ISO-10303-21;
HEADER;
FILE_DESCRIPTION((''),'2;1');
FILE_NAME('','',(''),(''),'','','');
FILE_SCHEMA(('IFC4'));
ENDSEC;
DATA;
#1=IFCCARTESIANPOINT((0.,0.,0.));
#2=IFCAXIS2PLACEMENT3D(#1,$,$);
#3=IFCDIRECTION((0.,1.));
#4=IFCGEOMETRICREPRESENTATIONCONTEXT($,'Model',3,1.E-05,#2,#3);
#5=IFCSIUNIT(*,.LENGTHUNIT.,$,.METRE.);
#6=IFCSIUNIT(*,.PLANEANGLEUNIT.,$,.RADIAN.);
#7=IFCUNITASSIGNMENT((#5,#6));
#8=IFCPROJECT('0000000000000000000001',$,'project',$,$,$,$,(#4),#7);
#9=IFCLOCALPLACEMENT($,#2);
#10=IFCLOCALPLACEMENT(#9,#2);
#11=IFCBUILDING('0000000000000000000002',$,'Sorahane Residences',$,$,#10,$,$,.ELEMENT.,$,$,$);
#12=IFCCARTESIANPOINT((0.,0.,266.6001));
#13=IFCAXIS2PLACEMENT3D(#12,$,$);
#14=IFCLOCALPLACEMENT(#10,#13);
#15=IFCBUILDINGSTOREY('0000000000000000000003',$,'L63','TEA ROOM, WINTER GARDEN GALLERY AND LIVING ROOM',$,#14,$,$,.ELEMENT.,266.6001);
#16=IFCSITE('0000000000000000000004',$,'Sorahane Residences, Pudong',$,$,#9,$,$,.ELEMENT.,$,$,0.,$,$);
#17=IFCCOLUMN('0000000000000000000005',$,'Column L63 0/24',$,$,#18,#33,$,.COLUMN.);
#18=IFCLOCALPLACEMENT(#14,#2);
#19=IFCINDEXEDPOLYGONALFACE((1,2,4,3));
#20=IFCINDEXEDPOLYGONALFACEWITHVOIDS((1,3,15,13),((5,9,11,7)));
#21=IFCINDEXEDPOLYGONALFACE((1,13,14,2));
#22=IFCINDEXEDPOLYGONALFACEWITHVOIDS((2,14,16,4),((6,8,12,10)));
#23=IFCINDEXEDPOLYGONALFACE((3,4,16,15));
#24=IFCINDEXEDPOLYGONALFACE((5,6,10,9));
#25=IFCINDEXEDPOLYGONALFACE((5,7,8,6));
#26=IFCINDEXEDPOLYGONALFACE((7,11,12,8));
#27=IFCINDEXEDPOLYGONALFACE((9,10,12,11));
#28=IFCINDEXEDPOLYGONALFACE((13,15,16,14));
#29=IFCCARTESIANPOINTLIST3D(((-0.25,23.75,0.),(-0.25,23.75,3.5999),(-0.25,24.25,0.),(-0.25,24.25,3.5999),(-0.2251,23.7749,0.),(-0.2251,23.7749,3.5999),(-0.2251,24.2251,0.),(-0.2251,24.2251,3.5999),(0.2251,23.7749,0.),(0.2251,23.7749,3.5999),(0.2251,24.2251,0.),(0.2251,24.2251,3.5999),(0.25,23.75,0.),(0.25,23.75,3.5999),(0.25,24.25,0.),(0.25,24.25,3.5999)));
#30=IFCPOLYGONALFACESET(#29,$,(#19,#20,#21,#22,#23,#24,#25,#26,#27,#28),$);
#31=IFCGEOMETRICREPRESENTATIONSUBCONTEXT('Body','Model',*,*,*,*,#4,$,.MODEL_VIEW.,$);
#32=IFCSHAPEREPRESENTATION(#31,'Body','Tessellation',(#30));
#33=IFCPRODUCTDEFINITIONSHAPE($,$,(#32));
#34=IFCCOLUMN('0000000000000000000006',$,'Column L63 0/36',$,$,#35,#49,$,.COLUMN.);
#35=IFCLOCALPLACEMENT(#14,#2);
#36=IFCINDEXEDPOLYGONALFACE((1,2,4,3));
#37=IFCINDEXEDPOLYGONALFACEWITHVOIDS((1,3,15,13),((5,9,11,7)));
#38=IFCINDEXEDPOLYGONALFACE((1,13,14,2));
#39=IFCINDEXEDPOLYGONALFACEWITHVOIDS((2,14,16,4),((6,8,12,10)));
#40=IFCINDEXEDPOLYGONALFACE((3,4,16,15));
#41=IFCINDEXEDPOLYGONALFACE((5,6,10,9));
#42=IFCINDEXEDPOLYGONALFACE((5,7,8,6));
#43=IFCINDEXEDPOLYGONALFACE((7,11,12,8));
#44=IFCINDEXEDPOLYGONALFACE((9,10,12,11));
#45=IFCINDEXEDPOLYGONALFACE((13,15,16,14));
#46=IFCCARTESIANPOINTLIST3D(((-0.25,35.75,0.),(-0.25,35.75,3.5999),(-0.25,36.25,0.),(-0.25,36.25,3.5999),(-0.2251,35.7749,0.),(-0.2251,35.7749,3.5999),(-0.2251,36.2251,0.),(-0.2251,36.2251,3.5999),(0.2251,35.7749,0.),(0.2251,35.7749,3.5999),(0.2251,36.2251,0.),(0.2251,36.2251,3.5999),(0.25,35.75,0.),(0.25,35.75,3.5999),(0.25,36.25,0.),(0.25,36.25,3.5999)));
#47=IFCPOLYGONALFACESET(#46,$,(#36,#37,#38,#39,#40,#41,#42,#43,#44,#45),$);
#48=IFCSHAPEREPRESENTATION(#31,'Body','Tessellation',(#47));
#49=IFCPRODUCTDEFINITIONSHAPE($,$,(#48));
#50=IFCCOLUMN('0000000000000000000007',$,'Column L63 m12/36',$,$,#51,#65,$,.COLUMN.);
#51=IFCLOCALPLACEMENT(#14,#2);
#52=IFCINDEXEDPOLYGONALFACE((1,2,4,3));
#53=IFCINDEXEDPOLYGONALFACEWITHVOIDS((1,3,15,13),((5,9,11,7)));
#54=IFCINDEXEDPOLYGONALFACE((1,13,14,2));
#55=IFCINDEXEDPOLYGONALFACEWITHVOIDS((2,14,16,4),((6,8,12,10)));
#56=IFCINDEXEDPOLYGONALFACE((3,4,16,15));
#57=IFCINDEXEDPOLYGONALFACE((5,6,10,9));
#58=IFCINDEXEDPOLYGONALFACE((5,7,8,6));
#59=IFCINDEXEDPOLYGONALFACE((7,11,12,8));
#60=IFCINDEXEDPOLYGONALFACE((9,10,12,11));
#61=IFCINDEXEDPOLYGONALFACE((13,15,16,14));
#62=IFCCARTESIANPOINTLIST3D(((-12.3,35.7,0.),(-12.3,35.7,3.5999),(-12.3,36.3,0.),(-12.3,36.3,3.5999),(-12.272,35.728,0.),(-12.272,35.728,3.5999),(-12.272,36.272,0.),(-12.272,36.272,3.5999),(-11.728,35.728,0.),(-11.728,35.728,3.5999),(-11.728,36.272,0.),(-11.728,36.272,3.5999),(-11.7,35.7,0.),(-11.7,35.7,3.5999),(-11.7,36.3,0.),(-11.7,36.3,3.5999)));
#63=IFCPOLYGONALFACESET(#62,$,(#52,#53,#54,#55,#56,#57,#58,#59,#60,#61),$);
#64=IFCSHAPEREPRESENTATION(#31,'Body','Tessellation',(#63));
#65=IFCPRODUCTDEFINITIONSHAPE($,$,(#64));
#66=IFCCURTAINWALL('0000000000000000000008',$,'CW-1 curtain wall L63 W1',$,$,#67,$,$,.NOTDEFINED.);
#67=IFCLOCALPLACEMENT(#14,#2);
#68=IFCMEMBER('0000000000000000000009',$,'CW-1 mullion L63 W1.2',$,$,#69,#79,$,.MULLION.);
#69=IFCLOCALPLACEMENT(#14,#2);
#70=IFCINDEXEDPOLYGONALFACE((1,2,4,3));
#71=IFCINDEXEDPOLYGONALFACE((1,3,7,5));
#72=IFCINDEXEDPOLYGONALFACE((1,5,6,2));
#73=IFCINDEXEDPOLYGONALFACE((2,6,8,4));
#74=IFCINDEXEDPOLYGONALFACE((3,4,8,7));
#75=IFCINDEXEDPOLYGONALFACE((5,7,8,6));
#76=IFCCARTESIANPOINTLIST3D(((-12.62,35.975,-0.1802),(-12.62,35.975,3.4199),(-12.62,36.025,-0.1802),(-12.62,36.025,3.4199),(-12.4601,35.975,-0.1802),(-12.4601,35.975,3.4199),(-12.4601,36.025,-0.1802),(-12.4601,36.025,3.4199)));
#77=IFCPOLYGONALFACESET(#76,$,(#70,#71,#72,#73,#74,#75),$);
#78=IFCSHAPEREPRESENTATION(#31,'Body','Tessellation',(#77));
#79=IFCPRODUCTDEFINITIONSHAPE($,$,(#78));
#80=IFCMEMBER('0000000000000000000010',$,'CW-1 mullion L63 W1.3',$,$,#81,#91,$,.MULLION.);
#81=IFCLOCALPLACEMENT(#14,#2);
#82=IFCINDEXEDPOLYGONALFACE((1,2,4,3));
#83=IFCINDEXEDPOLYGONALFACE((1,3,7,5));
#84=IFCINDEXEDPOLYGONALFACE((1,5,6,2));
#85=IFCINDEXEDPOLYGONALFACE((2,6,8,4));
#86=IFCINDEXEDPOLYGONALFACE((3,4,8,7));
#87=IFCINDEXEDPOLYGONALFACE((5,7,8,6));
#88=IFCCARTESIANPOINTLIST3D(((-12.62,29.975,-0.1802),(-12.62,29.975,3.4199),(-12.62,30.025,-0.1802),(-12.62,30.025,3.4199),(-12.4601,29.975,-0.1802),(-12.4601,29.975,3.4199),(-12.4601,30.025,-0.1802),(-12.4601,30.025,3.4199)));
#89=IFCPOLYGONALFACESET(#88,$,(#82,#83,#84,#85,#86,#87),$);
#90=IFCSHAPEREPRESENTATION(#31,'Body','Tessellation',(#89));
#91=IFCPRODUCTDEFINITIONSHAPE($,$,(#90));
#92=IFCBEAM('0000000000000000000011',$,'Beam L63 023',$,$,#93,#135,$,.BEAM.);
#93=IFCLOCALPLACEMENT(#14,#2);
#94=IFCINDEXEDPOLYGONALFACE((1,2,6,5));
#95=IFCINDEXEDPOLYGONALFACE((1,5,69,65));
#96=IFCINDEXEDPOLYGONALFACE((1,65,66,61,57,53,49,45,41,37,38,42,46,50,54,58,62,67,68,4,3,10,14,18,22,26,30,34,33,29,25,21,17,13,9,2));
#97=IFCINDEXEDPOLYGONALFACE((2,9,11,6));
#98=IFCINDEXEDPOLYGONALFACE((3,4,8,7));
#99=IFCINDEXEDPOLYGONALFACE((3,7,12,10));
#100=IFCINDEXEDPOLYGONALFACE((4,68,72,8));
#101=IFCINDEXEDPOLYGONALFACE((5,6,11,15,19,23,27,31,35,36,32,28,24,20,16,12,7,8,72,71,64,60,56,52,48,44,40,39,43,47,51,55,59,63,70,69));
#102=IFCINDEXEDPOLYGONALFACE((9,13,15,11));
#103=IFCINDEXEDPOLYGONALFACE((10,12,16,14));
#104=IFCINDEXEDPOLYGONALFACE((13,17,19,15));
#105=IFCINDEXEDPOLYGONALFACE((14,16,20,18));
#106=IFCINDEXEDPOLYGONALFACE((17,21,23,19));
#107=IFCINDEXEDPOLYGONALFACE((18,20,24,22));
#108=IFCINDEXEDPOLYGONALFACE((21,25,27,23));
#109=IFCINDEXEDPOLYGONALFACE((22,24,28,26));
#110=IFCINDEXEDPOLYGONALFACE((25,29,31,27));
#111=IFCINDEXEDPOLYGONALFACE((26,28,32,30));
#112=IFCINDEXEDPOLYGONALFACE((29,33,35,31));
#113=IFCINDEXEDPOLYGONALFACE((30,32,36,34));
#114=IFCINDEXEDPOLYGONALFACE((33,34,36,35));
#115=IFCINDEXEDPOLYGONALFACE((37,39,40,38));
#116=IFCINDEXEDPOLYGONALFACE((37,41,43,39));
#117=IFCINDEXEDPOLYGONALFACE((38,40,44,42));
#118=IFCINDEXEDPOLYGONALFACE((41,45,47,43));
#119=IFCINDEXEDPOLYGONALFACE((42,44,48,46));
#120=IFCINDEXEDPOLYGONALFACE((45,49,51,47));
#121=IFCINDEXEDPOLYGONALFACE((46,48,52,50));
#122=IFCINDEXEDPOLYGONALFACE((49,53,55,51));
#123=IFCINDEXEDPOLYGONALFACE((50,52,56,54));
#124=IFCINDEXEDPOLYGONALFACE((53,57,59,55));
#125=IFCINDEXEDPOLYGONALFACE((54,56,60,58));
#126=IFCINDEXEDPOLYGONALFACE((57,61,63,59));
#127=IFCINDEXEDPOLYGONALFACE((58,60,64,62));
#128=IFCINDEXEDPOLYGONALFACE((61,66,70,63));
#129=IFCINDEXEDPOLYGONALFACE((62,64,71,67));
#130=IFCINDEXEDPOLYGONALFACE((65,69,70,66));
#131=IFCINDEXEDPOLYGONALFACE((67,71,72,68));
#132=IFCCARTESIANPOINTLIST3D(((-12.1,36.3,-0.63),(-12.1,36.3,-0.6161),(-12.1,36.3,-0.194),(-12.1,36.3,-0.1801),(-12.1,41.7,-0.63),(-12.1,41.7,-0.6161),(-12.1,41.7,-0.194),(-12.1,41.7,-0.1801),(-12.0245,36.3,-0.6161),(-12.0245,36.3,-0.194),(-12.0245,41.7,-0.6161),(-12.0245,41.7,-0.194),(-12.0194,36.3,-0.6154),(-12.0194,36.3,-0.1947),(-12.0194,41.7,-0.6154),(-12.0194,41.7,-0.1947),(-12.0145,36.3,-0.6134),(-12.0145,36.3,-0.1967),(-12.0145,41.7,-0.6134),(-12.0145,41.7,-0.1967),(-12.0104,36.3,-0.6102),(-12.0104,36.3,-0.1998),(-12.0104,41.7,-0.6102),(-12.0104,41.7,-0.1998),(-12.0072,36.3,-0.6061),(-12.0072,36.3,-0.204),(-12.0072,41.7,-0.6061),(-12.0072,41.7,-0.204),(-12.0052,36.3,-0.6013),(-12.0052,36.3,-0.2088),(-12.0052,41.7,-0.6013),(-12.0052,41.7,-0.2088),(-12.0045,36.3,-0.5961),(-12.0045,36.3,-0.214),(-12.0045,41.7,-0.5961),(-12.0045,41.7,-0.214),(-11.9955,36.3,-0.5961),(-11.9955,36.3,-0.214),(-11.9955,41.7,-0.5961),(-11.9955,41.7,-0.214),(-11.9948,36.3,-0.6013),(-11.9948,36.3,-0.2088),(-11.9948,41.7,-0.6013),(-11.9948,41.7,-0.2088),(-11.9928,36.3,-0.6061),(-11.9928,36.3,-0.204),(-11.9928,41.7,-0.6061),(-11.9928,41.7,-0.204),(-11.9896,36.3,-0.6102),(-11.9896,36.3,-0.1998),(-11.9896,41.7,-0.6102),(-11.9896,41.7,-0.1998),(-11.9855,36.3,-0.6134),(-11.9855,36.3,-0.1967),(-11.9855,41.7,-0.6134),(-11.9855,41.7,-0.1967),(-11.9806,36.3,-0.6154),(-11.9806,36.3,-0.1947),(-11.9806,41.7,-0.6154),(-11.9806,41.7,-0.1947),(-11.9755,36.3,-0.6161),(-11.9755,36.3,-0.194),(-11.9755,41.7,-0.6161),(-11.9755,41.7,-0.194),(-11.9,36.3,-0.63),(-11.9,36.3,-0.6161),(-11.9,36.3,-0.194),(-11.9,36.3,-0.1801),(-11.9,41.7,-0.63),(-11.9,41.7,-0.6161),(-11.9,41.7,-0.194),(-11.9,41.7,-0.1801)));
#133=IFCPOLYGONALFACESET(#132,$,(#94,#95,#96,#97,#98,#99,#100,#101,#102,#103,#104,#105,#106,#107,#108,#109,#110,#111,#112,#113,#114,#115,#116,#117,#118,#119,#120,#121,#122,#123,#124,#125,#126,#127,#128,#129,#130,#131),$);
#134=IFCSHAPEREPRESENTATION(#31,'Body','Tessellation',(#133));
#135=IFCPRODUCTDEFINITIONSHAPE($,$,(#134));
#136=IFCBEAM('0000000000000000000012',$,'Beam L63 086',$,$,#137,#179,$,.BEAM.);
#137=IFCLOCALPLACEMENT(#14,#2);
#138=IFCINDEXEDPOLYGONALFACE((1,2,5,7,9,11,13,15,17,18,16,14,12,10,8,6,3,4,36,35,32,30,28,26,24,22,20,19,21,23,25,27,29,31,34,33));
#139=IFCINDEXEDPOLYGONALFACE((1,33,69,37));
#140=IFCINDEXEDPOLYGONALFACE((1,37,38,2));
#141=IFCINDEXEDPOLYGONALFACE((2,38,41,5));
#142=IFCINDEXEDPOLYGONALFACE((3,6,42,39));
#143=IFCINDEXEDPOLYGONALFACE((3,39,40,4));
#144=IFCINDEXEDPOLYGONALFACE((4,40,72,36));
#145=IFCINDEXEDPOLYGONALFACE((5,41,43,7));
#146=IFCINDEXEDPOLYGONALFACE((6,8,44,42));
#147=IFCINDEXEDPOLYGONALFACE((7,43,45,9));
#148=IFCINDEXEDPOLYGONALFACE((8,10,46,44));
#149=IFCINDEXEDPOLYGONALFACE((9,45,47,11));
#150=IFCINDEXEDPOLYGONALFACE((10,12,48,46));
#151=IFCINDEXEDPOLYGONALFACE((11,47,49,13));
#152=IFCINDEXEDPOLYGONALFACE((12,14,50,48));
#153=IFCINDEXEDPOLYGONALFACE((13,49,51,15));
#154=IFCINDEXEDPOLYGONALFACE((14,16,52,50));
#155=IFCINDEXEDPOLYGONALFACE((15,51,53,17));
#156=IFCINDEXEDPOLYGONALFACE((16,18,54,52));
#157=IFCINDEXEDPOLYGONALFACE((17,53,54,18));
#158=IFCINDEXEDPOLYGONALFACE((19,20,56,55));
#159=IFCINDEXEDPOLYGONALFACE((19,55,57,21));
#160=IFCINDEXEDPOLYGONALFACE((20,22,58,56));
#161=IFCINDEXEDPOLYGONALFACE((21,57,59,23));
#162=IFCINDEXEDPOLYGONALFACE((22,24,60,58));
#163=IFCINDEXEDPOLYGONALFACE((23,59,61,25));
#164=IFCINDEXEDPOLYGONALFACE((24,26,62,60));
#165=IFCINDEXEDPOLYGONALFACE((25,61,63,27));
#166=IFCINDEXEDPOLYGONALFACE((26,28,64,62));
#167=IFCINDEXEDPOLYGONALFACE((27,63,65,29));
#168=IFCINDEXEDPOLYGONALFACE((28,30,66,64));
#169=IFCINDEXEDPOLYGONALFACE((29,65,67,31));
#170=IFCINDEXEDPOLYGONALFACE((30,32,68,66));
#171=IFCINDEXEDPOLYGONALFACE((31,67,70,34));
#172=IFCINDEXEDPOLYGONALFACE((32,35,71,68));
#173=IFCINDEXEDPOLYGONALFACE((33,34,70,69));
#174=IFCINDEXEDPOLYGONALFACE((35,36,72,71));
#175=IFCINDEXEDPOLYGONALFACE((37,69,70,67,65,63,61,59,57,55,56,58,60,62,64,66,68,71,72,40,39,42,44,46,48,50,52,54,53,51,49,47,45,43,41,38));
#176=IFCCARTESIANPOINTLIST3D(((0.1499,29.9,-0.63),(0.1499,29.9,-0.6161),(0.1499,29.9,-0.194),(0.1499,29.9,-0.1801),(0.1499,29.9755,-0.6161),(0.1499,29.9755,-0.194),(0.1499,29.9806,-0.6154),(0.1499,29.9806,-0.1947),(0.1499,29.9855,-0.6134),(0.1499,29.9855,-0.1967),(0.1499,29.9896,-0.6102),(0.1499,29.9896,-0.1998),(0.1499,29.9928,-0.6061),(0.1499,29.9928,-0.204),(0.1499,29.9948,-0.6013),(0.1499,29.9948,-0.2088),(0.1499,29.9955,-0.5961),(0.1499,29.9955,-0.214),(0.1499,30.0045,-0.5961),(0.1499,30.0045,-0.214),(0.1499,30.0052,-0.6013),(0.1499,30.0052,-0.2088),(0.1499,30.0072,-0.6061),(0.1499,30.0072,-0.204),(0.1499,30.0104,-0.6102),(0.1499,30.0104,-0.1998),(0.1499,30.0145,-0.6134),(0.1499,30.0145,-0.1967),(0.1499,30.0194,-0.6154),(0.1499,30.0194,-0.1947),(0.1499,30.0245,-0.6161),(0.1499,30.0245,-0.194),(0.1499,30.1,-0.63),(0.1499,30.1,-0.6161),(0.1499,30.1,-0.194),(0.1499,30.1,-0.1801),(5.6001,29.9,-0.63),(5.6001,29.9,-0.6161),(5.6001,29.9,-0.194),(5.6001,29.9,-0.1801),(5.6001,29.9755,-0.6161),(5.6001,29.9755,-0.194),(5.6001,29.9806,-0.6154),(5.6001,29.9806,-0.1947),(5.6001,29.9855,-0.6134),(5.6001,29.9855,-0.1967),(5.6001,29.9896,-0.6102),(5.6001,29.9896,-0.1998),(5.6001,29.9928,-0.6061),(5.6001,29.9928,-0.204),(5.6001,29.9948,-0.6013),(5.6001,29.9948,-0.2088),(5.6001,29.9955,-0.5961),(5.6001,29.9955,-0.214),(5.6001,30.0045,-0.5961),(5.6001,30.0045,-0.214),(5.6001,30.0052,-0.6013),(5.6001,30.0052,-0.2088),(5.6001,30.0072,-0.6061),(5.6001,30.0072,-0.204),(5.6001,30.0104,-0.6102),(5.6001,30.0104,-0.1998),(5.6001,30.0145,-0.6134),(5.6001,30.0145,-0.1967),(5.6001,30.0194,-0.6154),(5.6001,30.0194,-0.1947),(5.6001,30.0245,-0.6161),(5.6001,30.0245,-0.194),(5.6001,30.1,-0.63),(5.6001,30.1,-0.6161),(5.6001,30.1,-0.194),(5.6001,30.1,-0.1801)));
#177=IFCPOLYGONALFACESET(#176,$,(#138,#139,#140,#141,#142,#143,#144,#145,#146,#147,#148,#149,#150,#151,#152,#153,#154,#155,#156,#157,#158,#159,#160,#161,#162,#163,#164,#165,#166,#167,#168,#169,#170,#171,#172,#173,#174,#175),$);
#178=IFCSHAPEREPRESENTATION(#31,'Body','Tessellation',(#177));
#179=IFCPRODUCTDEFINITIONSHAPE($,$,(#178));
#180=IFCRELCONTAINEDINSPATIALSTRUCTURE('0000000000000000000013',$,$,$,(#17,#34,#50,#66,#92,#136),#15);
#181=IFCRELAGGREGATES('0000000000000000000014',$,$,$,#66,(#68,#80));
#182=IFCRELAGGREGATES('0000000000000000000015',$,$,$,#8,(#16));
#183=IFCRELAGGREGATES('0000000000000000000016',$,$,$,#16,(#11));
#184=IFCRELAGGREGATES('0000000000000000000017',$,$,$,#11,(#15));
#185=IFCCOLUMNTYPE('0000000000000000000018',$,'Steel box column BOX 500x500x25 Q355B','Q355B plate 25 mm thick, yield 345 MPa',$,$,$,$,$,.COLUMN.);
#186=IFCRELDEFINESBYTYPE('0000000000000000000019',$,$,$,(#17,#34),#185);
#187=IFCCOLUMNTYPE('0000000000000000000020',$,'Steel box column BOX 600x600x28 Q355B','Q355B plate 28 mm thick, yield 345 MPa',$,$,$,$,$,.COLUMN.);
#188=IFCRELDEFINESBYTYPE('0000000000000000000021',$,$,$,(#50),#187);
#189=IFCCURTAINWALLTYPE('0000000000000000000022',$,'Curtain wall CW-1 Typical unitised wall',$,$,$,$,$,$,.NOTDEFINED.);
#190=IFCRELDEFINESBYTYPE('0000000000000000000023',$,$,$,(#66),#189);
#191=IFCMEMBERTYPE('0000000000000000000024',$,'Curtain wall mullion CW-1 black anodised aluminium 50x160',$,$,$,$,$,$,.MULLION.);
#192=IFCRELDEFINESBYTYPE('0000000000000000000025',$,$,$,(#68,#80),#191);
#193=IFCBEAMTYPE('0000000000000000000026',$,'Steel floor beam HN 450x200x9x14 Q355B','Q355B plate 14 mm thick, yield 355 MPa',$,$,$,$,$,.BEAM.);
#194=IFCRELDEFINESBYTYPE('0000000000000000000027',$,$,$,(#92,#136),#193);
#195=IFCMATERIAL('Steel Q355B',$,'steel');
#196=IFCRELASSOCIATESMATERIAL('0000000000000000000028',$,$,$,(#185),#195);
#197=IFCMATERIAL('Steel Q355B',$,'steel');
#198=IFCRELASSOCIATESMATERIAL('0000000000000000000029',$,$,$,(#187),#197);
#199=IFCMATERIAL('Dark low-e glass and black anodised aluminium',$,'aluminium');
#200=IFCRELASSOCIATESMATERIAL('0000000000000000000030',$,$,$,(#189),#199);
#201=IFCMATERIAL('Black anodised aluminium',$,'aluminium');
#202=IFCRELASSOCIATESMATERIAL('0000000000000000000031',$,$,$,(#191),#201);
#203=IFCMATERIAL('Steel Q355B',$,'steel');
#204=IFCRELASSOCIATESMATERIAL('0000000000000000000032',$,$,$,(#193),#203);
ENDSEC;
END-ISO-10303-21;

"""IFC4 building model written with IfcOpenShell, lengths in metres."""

from ifc_helpers import new_model, si_unit, direction, frame, origin, origin_2d, place, context, subcontext, project, spatial, rectangle, hollow_rectangle, i_section, extrude, material, material_profile, profile_set, type_object, element, aggregate, save


model = new_model("IFC4")

# Units and contexts
model_context = context("Model", 3, precision=1e-05, world=origin(), true_north=direction((0.0, 1.0)))
body_context = subcontext(model_context, "Body", "Model", "MODEL_VIEW")
ifc_project = project(units=[si_unit("LENGTHUNIT", "METRE"), si_unit("PLANEANGLEUNIT", "RADIAN")], contexts=[model_context])

# Site, building, storey
site_placement = place(None, origin())
site = spatial("IfcSite", under=ifc_project, at=site_placement, Name="Sorahane Residences, Pudong", CompositionType="ELEMENT", RefElevation=0.0)
building_placement = place(site_placement, origin())
building = spatial("IfcBuilding", under=site, at=building_placement, Name="Sorahane Residences", CompositionType="ELEMENT")
storey_placement = place(building_placement, frame((0.0, 0.0, 266.6001)))
storey = spatial("IfcBuildingStorey", under=building, at=storey_placement, Name="L63", Description="TEA ROOM, WINTER GARDEN GALLERY AND LIVING ROOM", CompositionType="ELEMENT", Elevation=266.6001)

# Columns
ifc_material_1 = material(Name="Steel Q355B", Category="steel")
ifc_material_profile_1 = material_profile(ifc_material_1, hollow_rectangle(XDim=0.5, YDim=0.5, WallThickness=0.0249, at=origin_2d()), Name="BOX 500x500x25")
ifc_profile_set_1 = profile_set([ifc_material_profile_1], Name="Steel Q355B")
column_type_1 = type_object("IfcColumnType", Name="Steel box column BOX 500x500x25 Q355B", Description="Q355B plate 25 mm thick, yield 345 MPa", PredefinedType="COLUMN", material=ifc_profile_set_1)
for number, where, z_axis, x_axis, name in (
    (1, (0.0, 24.0, 0.0), (0.0, 0.0, 1.0), (1.0, 0.0, 0.0), "Column L63 0/24"),
    (2, (0.0, 36.0, 0.0), (0.0, 0.0, 1.0), (1.0, 0.0, 0.0), "Column L63 0/36"),
):
    element("IfcColumn", number, at=place(storey_placement, frame(where, z_axis=z_axis, x_axis=x_axis)), inside=storey, type_object=column_type_1, Name=name, PredefinedType="COLUMN", context=body_context, shape_type="SweptSolid", body=[
        extrude(hollow_rectangle(XDim=0.5, YDim=0.5, WallThickness=0.0249, at=origin_2d()), origin(), (0.0, 0.0, 1.0), 3.5999),
    ])
ifc_material_2 = material(Name="Steel Q355B", Category="steel")
ifc_material_profile_2 = material_profile(ifc_material_2, hollow_rectangle(XDim=0.6001, YDim=0.6001, WallThickness=0.0281, at=origin_2d()), Name="BOX 600x600x28")
ifc_profile_set_2 = profile_set([ifc_material_profile_2], Name="Steel Q355B")
column_type_2 = type_object("IfcColumnType", Name="Steel box column BOX 600x600x28 Q355B", Description="Q355B plate 28 mm thick, yield 345 MPa", PredefinedType="COLUMN", material=ifc_profile_set_2)
column_placement = place(storey_placement, frame((-12.0, 36.0, 0.0), z_axis=(0.0, 0.0, 1.0), x_axis=(1.0, 0.0, 0.0)))
element("IfcColumn", 3, at=column_placement, inside=storey, type_object=column_type_2, Name="Column L63 m12/36", PredefinedType="COLUMN", context=body_context, shape_type="SweptSolid", body=[
    extrude(hollow_rectangle(XDim=0.6001, YDim=0.6001, WallThickness=0.0281, at=origin_2d()), origin(), (0.0, 0.0, 1.0), 3.5999),
])

# Curtain wall, members
ifc_material_3 = material(Name="Dark low-e glass and black anodised aluminium", Category="aluminium")
curtain_wall_type = type_object("IfcCurtainWallType", Name="Curtain wall CW-1 Typical unitised wall", PredefinedType="NOTDEFINED", material=ifc_material_3)
curtain_wall_placement = place(storey_placement, origin())
curtain_wall = element("IfcCurtainWall", 4, at=curtain_wall_placement, inside=storey, type_object=curtain_wall_type, Name="CW-1 curtain wall L63 W1", PredefinedType="NOTDEFINED")
ifc_material_4 = material(Name="Black anodised aluminium", Category="aluminium")
ifc_material_profile_3 = material_profile(ifc_material_4, rectangle(XDim=0.1599, YDim=0.05, at=origin_2d()), Name="Curtain wall mullion CW-1 black anodised aluminium 50x160")
ifc_profile_set_3 = profile_set([ifc_material_profile_3], Name="Black anodised aluminium")
member_type = type_object("IfcMemberType", Name="Curtain wall mullion CW-1 black anodised aluminium 50x160", PredefinedType="MULLION", material=ifc_profile_set_3)
member_1_placement = place(storey_placement, frame((-12.54, 36.0, -0.1802), z_axis=(0.0, 0.0, 1.0), x_axis=(-1.0, 0.0, 0.0)))
member_1 = element("IfcMember", 5, at=member_1_placement, type_object=member_type, Name="CW-1 mullion L63 W1.2", PredefinedType="MULLION", context=body_context, shape_type="SweptSolid", body=[
    extrude(rectangle(XDim=0.1599, YDim=0.05, at=origin_2d()), origin(), (0.0, 0.0, 1.0), 3.6001),
])
member_2_placement = place(storey_placement, frame((-12.54, 30.0, -0.1802), z_axis=(0.0, 0.0, 1.0), x_axis=(-1.0, 0.0, 0.0)))
member_2 = element("IfcMember", 6, at=member_2_placement, type_object=member_type, Name="CW-1 mullion L63 W1.3", PredefinedType="MULLION", context=body_context, shape_type="SweptSolid", body=[
    extrude(rectangle(XDim=0.1599, YDim=0.05, at=origin_2d()), origin(), (0.0, 0.0, 1.0), 3.6001),
])

# Beams
ifc_material_5 = material(Name="Steel Q355B", Category="steel")
ifc_material_profile_4 = material_profile(ifc_material_5, i_section(OverallWidth=0.2, OverallDepth=0.45, WebThickness=0.009, FlangeThickness=0.0139, FilletRadius=0.02, at=origin_2d()), Name="HN 450x200x9x14")
ifc_profile_set_4 = profile_set([ifc_material_profile_4], Name="Steel Q355B")
beam_type_1 = type_object("IfcBeamType", Name="Steel floor beam HN 450x200x9x14 Q355B", Description="Q355B plate 14 mm thick, yield 355 MPa", PredefinedType="BEAM", material=ifc_profile_set_4)
beam_1_placement = place(storey_placement, frame((-12.0, 36.3, -0.405), z_axis=(0.0, 1.0, 0.0), x_axis=(-1.0, 0.0, 0.0)))
element("IfcBeam", 7, at=beam_1_placement, inside=storey, type_object=beam_type_1, Name="Beam L63 023", PredefinedType="BEAM", context=body_context, shape_type="SweptSolid", body=[
    extrude(i_section(OverallWidth=0.2, OverallDepth=0.45, WebThickness=0.009, FlangeThickness=0.0139, FilletRadius=0.02, at=origin_2d()), origin(), (0.0, 0.0, 1.0), 5.3999),
])
beam_2_placement = place(storey_placement, frame((0.1499, 30.0, -0.405), z_axis=(1.0, 0.0, 0.0), x_axis=(0.0, 1.0, 0.0)))
element("IfcBeam", 8, at=beam_2_placement, inside=storey, type_object=beam_type_1, Name="Beam L63 086", PredefinedType="BEAM", context=body_context, shape_type="SweptSolid", body=[
    extrude(i_section(OverallWidth=0.2, OverallDepth=0.45, WebThickness=0.009, FlangeThickness=0.0139, FilletRadius=0.02, at=origin_2d()), origin(), (0.0, 0.0, 1.0), 5.4502),
])

aggregate(curtain_wall, [member_1, member_2])

save(model, "model.ifc")
